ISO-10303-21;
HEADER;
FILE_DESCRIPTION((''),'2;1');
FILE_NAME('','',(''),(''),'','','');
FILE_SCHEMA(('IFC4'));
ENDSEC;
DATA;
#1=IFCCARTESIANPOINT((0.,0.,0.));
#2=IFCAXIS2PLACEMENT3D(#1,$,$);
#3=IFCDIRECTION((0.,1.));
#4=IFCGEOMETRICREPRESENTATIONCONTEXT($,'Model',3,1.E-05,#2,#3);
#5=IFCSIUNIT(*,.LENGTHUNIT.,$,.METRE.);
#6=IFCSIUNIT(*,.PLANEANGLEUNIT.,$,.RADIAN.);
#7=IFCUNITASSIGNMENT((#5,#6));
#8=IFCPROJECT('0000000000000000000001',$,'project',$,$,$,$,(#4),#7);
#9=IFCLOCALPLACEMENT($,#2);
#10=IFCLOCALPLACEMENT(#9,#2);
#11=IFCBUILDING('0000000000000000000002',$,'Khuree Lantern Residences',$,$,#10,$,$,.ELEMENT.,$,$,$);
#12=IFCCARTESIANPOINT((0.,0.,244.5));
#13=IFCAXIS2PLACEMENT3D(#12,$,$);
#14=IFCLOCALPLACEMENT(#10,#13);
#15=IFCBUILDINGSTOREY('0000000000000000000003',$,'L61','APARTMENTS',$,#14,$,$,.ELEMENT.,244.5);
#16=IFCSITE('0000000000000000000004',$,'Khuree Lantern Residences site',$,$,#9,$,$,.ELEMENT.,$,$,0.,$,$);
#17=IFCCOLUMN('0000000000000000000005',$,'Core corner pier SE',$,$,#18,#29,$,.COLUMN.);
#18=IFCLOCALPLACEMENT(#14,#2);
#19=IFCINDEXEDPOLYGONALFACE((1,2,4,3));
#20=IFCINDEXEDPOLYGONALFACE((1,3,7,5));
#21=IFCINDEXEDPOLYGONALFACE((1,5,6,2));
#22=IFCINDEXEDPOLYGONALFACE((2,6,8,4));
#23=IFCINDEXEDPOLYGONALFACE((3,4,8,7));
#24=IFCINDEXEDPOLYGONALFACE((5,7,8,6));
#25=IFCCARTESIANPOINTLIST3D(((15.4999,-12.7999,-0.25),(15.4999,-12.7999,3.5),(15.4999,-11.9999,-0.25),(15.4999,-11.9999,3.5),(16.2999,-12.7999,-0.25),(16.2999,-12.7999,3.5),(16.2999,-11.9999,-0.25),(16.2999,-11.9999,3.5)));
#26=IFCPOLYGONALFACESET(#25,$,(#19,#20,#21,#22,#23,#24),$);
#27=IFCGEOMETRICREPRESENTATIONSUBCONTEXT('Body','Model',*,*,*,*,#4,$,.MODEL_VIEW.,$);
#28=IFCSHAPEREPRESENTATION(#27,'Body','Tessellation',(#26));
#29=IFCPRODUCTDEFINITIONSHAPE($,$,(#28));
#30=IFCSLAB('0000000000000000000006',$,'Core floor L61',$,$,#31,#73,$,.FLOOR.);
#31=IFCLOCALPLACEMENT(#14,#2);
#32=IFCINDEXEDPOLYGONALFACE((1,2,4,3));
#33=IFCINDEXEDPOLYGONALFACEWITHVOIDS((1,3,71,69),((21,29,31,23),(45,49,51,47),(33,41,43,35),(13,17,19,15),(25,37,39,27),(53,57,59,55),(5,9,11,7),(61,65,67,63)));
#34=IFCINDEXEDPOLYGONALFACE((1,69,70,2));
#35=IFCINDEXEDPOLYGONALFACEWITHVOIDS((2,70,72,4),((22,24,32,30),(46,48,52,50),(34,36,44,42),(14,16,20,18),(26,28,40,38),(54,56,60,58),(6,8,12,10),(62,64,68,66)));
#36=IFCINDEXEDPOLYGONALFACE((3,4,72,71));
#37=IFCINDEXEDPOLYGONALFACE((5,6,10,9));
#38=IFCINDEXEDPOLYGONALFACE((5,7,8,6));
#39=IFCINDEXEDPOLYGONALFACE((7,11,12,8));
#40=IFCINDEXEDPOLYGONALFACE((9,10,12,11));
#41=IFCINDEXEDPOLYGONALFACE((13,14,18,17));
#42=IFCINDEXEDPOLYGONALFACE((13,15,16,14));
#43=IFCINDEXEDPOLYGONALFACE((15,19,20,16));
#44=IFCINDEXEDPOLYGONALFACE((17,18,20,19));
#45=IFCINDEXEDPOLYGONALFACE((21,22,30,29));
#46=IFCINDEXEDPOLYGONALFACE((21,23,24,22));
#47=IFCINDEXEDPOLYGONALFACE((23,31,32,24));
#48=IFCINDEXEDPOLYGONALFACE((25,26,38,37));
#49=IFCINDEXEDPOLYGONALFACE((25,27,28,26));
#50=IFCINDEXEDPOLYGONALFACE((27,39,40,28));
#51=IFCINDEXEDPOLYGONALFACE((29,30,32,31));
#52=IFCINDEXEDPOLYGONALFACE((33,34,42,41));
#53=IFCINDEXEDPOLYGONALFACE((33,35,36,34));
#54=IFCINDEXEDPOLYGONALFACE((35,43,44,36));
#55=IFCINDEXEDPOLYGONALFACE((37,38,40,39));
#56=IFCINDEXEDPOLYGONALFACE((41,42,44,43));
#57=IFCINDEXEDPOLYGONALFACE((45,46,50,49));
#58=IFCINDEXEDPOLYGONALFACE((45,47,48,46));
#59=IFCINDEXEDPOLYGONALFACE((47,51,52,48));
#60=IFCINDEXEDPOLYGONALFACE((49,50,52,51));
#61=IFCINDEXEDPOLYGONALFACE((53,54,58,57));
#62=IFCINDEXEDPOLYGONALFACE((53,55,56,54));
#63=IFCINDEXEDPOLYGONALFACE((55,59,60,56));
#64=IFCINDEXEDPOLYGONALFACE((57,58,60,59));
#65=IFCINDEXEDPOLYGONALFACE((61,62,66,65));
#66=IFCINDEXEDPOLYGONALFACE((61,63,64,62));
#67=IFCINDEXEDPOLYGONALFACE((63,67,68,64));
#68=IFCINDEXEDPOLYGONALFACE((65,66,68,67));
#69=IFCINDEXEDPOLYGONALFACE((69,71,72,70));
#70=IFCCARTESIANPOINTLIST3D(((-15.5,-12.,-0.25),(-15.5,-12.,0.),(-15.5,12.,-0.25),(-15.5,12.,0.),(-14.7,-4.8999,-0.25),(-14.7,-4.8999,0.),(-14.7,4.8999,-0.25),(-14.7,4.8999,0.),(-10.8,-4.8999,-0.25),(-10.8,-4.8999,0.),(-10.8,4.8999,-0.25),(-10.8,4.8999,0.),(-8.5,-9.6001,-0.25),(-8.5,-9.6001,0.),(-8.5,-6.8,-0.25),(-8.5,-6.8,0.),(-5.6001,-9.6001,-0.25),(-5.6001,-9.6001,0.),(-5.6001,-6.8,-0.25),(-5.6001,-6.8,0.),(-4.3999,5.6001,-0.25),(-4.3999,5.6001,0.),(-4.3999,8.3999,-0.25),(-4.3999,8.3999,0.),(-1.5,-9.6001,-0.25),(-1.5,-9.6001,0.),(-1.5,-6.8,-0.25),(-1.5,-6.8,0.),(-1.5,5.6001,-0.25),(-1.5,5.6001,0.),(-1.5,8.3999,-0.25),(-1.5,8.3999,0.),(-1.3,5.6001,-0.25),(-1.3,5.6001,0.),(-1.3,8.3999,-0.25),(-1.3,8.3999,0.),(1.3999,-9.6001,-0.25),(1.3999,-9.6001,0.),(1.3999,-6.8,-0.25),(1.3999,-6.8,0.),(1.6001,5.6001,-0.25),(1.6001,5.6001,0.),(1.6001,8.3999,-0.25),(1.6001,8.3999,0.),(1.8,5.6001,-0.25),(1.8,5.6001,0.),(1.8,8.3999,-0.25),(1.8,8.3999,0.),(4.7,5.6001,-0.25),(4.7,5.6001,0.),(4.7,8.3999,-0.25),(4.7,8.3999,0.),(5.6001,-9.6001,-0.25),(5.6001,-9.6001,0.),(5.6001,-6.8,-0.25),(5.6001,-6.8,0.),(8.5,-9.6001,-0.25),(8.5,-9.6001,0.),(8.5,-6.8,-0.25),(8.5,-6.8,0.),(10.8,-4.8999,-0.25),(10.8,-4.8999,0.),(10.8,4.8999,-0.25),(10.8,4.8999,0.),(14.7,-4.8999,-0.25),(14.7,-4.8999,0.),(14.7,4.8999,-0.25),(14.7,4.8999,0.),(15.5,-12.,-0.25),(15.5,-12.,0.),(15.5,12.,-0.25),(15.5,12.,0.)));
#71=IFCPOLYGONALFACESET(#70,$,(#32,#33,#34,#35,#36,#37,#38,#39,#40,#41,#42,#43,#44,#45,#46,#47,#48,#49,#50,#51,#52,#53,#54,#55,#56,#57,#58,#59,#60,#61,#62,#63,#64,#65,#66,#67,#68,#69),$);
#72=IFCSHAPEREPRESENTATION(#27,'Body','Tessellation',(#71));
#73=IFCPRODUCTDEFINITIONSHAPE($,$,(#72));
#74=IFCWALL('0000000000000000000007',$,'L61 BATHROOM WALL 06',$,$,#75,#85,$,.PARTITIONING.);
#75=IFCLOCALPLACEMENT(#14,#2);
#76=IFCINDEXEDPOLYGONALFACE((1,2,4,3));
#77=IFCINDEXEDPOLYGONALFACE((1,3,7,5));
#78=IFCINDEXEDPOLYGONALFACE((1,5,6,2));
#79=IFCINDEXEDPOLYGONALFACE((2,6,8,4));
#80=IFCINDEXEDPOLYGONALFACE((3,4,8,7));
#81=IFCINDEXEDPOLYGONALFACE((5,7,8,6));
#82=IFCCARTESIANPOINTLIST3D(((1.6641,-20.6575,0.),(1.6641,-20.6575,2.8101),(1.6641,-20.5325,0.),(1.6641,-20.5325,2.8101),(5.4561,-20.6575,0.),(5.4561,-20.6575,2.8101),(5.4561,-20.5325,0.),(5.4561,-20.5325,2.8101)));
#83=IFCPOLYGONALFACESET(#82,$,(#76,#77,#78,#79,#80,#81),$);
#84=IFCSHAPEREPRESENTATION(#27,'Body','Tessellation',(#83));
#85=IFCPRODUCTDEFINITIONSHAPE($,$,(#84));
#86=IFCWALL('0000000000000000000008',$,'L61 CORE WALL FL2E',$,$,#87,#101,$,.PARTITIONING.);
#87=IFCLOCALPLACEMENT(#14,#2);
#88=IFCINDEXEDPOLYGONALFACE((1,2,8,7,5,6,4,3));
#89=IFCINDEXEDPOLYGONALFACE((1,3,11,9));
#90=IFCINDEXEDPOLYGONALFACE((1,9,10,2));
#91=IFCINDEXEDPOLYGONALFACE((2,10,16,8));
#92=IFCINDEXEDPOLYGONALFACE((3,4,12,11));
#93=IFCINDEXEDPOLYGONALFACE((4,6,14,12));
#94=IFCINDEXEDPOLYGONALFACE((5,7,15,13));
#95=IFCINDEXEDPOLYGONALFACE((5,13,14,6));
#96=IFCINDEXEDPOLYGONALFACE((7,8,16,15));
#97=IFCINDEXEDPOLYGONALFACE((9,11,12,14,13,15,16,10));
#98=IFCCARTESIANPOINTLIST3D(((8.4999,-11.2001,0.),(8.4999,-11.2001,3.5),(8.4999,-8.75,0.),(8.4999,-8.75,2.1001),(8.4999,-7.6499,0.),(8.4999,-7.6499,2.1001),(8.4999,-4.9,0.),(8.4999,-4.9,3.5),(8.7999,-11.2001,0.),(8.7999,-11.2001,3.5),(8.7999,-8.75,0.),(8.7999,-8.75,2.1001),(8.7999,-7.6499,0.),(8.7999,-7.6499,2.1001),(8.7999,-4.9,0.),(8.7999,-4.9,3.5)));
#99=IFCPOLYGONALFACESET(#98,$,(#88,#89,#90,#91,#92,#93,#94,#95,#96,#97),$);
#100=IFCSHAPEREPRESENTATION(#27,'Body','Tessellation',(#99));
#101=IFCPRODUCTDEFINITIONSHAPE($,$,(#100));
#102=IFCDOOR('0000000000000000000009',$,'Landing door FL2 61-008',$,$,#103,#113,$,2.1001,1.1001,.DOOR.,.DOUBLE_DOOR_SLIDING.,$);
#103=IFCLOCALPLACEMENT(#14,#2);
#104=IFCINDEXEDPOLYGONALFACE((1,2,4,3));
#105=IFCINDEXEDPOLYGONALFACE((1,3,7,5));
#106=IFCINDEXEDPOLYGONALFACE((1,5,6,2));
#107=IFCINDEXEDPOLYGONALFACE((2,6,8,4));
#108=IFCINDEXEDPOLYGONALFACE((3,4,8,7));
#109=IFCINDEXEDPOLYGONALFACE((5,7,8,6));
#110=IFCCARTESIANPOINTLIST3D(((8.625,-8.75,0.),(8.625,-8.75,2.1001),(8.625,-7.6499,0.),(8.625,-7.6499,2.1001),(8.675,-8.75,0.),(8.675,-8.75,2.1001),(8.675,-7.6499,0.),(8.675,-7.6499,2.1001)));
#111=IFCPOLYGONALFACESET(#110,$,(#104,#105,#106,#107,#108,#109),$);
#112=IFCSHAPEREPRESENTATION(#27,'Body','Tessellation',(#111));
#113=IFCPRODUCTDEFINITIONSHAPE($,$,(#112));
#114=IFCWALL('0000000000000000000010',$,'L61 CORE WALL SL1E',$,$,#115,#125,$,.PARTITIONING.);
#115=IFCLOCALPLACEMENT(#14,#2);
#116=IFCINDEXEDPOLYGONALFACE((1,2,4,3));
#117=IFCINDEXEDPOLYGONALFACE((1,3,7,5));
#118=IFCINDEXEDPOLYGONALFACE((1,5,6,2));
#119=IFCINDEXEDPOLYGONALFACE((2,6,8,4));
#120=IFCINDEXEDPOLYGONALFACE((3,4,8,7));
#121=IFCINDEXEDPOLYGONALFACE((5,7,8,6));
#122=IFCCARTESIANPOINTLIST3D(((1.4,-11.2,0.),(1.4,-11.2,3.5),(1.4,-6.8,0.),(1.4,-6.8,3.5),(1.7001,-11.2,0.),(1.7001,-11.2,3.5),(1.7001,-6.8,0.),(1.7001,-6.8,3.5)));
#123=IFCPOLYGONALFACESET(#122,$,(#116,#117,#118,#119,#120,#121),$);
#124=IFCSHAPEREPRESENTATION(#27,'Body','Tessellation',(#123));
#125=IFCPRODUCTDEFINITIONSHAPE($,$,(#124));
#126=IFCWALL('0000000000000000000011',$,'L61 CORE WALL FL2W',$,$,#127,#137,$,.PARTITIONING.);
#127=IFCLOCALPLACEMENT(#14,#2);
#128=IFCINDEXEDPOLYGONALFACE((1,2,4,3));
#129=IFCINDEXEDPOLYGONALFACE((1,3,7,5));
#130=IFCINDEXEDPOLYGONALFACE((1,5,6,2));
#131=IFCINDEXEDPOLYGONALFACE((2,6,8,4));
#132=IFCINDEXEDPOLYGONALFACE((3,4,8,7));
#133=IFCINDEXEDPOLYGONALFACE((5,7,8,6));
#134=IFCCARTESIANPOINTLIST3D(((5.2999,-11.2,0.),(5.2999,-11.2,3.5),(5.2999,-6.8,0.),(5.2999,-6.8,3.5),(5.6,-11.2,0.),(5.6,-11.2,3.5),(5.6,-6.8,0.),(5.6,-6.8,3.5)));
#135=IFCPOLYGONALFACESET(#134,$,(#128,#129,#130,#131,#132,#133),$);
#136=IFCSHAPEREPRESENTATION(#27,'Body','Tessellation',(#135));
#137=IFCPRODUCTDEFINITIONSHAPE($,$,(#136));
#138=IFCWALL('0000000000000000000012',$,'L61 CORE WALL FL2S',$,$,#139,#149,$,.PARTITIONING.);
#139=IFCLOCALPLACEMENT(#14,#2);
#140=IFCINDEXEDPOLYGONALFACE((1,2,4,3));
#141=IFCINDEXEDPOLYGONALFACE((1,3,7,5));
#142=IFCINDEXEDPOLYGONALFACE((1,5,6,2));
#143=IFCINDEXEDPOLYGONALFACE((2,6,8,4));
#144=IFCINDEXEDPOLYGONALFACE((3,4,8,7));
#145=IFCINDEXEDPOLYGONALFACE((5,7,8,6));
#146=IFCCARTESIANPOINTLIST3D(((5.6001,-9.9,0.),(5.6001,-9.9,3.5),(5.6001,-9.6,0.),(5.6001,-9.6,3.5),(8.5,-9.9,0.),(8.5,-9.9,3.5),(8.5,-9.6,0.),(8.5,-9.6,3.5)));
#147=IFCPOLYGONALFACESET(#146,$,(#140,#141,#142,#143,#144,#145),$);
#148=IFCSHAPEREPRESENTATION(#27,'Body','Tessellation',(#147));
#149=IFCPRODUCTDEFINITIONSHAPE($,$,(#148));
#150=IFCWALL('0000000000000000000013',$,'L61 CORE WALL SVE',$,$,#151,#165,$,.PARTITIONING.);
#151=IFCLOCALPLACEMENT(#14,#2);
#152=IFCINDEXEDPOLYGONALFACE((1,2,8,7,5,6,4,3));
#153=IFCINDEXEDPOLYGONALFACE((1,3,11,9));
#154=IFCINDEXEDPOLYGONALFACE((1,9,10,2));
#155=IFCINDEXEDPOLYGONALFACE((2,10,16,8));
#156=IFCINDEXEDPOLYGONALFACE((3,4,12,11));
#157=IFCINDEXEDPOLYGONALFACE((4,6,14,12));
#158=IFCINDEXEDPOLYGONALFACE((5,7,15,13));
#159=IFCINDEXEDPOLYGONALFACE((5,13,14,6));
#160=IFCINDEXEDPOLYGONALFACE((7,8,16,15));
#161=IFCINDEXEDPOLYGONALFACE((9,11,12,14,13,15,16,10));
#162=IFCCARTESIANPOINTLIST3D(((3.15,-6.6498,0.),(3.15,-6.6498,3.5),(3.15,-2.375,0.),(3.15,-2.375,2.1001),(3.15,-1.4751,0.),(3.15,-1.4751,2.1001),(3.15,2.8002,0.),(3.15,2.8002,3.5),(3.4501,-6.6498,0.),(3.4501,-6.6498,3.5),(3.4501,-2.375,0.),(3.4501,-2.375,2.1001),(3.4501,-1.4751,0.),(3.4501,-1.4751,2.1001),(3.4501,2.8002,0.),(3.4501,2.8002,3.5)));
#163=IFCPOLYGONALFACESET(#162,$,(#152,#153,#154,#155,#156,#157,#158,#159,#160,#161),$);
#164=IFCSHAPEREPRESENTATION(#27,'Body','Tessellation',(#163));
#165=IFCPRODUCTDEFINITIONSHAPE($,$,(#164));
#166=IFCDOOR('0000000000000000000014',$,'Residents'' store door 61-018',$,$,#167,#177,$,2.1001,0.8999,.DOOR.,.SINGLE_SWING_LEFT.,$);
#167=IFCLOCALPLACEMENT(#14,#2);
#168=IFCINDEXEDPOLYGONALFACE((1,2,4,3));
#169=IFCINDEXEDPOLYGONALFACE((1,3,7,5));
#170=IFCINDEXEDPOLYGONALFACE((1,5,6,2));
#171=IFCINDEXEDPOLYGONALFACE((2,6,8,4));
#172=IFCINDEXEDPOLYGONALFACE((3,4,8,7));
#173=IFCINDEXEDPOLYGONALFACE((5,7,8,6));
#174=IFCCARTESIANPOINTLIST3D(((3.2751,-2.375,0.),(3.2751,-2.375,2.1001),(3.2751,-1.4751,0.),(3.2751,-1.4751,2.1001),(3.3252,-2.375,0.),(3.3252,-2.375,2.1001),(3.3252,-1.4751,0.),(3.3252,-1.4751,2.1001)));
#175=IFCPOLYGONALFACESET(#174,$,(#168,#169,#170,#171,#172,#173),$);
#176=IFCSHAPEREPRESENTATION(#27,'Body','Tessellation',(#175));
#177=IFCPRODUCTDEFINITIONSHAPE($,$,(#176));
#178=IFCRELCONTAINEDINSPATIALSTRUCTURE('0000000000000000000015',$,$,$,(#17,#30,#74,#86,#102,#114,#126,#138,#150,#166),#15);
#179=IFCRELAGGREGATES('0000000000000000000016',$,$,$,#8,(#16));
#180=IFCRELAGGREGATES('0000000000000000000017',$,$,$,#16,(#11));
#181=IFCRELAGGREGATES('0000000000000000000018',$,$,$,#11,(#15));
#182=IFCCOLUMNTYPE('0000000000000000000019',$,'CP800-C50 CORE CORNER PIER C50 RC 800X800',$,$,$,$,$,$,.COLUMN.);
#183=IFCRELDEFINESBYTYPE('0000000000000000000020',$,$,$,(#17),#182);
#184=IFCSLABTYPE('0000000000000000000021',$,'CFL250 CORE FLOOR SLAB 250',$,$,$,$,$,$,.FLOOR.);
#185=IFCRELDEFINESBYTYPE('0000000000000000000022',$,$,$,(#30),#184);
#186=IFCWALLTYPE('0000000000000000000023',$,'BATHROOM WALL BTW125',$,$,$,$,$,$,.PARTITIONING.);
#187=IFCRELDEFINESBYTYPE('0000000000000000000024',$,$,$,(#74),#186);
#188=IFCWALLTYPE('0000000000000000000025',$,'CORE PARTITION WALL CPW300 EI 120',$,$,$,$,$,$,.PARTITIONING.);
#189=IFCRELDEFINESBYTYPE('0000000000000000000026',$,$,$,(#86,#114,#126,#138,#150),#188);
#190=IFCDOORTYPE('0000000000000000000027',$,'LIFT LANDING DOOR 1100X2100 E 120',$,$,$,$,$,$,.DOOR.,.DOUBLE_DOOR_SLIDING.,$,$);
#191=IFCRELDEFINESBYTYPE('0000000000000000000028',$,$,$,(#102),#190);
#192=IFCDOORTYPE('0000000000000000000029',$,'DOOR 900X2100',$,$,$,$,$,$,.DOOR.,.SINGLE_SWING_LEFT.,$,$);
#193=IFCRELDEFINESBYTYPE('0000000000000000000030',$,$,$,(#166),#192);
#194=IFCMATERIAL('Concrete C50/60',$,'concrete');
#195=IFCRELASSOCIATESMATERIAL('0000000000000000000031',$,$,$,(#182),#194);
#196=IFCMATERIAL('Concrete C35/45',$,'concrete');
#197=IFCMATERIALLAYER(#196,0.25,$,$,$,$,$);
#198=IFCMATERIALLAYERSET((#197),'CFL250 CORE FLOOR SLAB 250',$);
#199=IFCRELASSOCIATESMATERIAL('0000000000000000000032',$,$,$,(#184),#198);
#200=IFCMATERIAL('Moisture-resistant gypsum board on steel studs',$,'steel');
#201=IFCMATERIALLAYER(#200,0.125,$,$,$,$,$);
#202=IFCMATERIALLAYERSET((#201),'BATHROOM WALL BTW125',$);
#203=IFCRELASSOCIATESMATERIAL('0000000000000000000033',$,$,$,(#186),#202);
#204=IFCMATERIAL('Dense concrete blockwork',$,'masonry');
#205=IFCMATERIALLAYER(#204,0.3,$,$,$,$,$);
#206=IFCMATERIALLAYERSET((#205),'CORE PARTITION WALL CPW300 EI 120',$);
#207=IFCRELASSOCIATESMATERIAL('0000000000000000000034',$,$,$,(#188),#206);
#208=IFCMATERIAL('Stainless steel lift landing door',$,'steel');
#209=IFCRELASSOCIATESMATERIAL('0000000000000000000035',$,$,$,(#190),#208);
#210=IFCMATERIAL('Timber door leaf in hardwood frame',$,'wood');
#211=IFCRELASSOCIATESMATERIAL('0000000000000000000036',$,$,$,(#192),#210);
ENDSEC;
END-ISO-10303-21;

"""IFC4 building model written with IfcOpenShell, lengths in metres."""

from ifc_helpers import new_model, si_unit, direction, frame, frame_2d, origin, origin_2d, place, context, subcontext, project, spatial, polyline, rectangle, outline, extrude, material, layer, layer_set, material_profile, profile_set, type_object, element, fill, save


model = new_model("IFC4")

# Units and contexts
model_context = context("Model", 3, precision=1e-05, world=origin(), true_north=direction((0.0, 1.0)))
body_context = subcontext(model_context, "Body", "Model", "MODEL_VIEW")
ifc_project = project(units=[si_unit("LENGTHUNIT", "METRE"), si_unit("PLANEANGLEUNIT", "RADIAN")], contexts=[model_context])

# Site, building, storey
site_placement = place(None, origin())
site = spatial("IfcSite", under=ifc_project, at=site_placement, Name="Khuree Lantern Residences site", CompositionType="ELEMENT", RefElevation=0.0)
building_placement = place(site_placement, origin())
building = spatial("IfcBuilding", under=site, at=building_placement, Name="Khuree Lantern Residences", CompositionType="ELEMENT")
storey_placement = place(building_placement, frame((0.0, 0.0, 244.5)))
storey = spatial("IfcBuildingStorey", under=building, at=storey_placement, Name="L61", Description="APARTMENTS", CompositionType="ELEMENT", Elevation=244.5)

# Column
ifc_material_1 = material(Name="Concrete C50/60", Category="concrete")
ifc_material_profile = material_profile(ifc_material_1, rectangle(XDim=0.8, YDim=0.8, at=origin_2d()), Name="RC 800X800")
ifc_profile_set = profile_set([ifc_material_profile], Name="Concrete C50/60")
column_type = type_object("IfcColumnType", Name="CP800-C50 CORE CORNER PIER C50 RC 800X800", PredefinedType="COLUMN", material=ifc_profile_set)
column_placement = place(storey_placement, frame((15.8999, -12.3999, -0.25), z_axis=(0.0, 0.0, 1.0), x_axis=(1.0, 0.0, 0.0)))
element("IfcColumn", 1, at=column_placement, inside=storey, type_object=column_type, Name="Core corner pier SE", PredefinedType="COLUMN", context=body_context, shape_type="SweptSolid", body=[
    extrude(rectangle(XDim=0.8, YDim=0.8, at=origin_2d()), origin(), (0.0, 0.0, 1.0), 3.75),
])

# Slab
ifc_material_2 = material(Name="Concrete C35/45", Category="concrete")
ifc_layer_1 = layer(ifc_material_2, 0.25)
ifc_layer_set_1 = layer_set([ifc_layer_1], Name="CFL250 CORE FLOOR SLAB 250")
slab_type = type_object("IfcSlabType", Name="CFL250 CORE FLOOR SLAB 250", PredefinedType="FLOOR", material=ifc_layer_set_1)
slab_placement = place(storey_placement, frame((0.0, 0.0, -0.25)))
element("IfcSlab", 2, at=slab_placement, inside=storey, type_object=slab_type, Name="Core floor L61", PredefinedType="FLOOR", context=body_context, shape_type="SweptSolid", body=[
    extrude(outline(polyline([(-15.5, -12.0), (-15.5, 12.0), (15.5, 12.0), (15.5, -12.0), (-15.5, -12.0)]), holes=[polyline([(10.8, 4.8999), (10.8, -4.8999), (14.7, -4.8999), (14.7, 4.8999), (10.8, 4.8999)]), polyline([(5.6001, -6.8), (5.6001, -9.6001), (8.5, -9.6001), (8.5, -6.8), (5.6001, -6.8)]), polyline([(1.8, 8.3999), (1.8, 5.6001), (4.7, 5.6001), (4.7, 8.3999), (1.8, 8.3999)]), polyline([(-1.3, 8.3999), (-1.3, 5.6001), (1.6001, 5.6001), (1.6001, 8.3999), (-1.3, 8.3999)]), polyline([(-1.5, -6.8), (-1.5, -9.6001), (1.3999, -9.6001), (1.3999, -6.8), (-1.5, -6.8)]), polyline([(-4.3999, 8.3999), (-4.3999, 5.6001), (-1.5, 5.6001), (-1.5, 8.3999), (-4.3999, 8.3999)]), polyline([(-8.5, -6.8), (-8.5, -9.6001), (-5.6001, -9.6001), (-5.6001, -6.8), (-8.5, -6.8)]), polyline([(-14.7, 4.8999), (-14.7, -4.8999), (-10.8, -4.8999), (-10.8, 4.8999), (-14.7, 4.8999)])]), origin(), (0.0, 0.0, 1.0), 0.25),
])

# Wall
ifc_material_3 = material(Name="Moisture-resistant gypsum board on steel studs", Category="steel")
ifc_layer_2 = layer(ifc_material_3, 0.125)
ifc_layer_set_2 = layer_set([ifc_layer_2], Name="BATHROOM WALL BTW125")
wall_type_1 = type_object("IfcWallType", Name="BATHROOM WALL BTW125", PredefinedType="PARTITIONING", material=ifc_layer_set_2)
wall_1_placement = place(storey_placement, frame((1.6641, -20.595, 0.0), z_axis=(0.0, 0.0, 1.0), x_axis=(1.0, 0.0, 0.0)))
element("IfcWall", 3, at=wall_1_placement, inside=storey, type_object=wall_type_1, Name="L61 BATHROOM WALL 06", PredefinedType="PARTITIONING", context=body_context, shape_type="SweptSolid", body=[
    extrude(rectangle(XDim=3.792, YDim=0.125, at=frame_2d((1.896, 0.0))), origin(), (0.0, 0.0, 1.0), 2.8101),
])

# Wall, opening, door
ifc_material_4 = material(Name="Dense concrete blockwork", Category="masonry")
ifc_layer_3 = layer(ifc_material_4, 0.3)
ifc_layer_set_3 = layer_set([ifc_layer_3], Name="CORE PARTITION WALL CPW300 EI 120")
wall_type_2 = type_object("IfcWallType", Name="CORE PARTITION WALL CPW300 EI 120", PredefinedType="PARTITIONING", material=ifc_layer_set_3)
wall_2_placement = place(storey_placement, frame((8.6499, -11.2, 0.0), z_axis=(0.0, 0.0, 1.0), x_axis=(0.0, 1.0, 0.0)))
wall_2 = element("IfcWall", 4, at=wall_2_placement, inside=storey, type_object=wall_type_2, Name="L61 CORE WALL FL2E", PredefinedType="PARTITIONING", context=body_context, shape_type="SweptSolid", body=[
    extrude(rectangle(XDim=6.3, YDim=0.3, at=frame_2d((3.1499, 0.0))), origin(), (0.0, 0.0, 1.0), 3.5),
])
opening_1_placement = place(wall_2_placement, frame((2.45, 0.0, 0.0)))
opening_1 = element("IfcOpeningElement", 5, at=opening_1_placement, cuts=wall_2, PredefinedType="OPENING", context=body_context, shape_type="SweptSolid", body=[
    extrude(rectangle(XDim=1.1001, YDim=2.1001, at=frame_2d((0.55, 1.05))), frame((0.0, 0.1602, 0.0), z_axis=(0.0, -1.0, 0.0), x_axis=(1.0, 0.0, 0.0)), (0.0, 0.0, 1.0), 0.3201),
])
ifc_material_5 = material(Name="Stainless steel lift landing door", Category="steel")
door_type_1 = type_object("IfcDoorType", Name="LIFT LANDING DOOR 1100X2100 E 120", OperationType="DOUBLE_DOOR_SLIDING", PredefinedType="DOOR", material=ifc_material_5)
door_1_placement = place(opening_1_placement, origin())
door_1 = element("IfcDoor", 6, at=door_1_placement, inside=storey, type_object=door_type_1, Name="Landing door FL2 61-008", OperationType="DOUBLE_DOOR_SLIDING", OverallHeight=2.1001, OverallWidth=1.1001, PredefinedType="DOOR", context=body_context, shape_type="SweptSolid", body=[
    extrude(rectangle(XDim=1.1001, YDim=2.1001, at=frame_2d((0.55, 1.05))), frame((0.0, 0.0249, 0.0), z_axis=(0.0, -1.0, 0.0), x_axis=(1.0, 0.0, 0.0)), (0.0, 0.0, 1.0), 0.05),
])
fill(opening_1, door_1)

# Walls
for number, where, z_axis, x_axis, name in (
    (7, (1.55, -11.2, 0.0), (0.0, 0.0, 1.0), (0.0, 1.0, 0.0), "L61 CORE WALL SL1E"),
    (8, (5.45, -11.2, 0.0), (0.0, 0.0, 1.0), (0.0, 1.0, 0.0), "L61 CORE WALL FL2W"),
):
    element("IfcWall", number, at=place(storey_placement, frame(where, z_axis=z_axis, x_axis=x_axis)), inside=storey, type_object=wall_type_2, Name=name, PredefinedType="PARTITIONING", context=body_context, shape_type="SweptSolid", body=[
        extrude(rectangle(XDim=4.3999, YDim=0.3, at=frame_2d((2.2, 0.0))), origin(), (0.0, 0.0, 1.0), 3.5),
    ])
wall_3_placement = place(storey_placement, frame((5.6001, -9.75, 0.0), z_axis=(0.0, 0.0, 1.0), x_axis=(1.0, 0.0, 0.0)))
element("IfcWall", 9, at=wall_3_placement, inside=storey, type_object=wall_type_2, Name="L61 CORE WALL FL2S", PredefinedType="PARTITIONING", context=body_context, shape_type="SweptSolid", body=[
    extrude(rectangle(XDim=2.8999, YDim=0.3, at=frame_2d((1.45, 0.0))), origin(), (0.0, 0.0, 1.0), 3.5),
])

# Wall, opening, door
wall_4_placement = place(storey_placement, frame((3.3, -6.6499, 0.0), z_axis=(0.0, 0.0, 1.0), x_axis=(0.0, 1.0, 0.0)))
wall_4 = element("IfcWall", 10, at=wall_4_placement, inside=storey, type_object=wall_type_2, Name="L61 CORE WALL SVE", PredefinedType="PARTITIONING", context=body_context, shape_type="SweptSolid", body=[
    extrude(rectangle(XDim=9.45, YDim=0.3, at=frame_2d((4.7251, 0.0))), origin(), (0.0, 0.0, 1.0), 3.5),
])
opening_2_placement = place(wall_4_placement, frame((4.2749, 0.0, 0.0)))
opening_2 = element("IfcOpeningElement", 11, at=opening_2_placement, cuts=wall_4, PredefinedType="OPENING", context=body_context, shape_type="SweptSolid", body=[
    extrude(rectangle(XDim=0.8999, YDim=2.1001, at=frame_2d((0.45, 1.05))), frame((0.0, 0.1602, 0.0), z_axis=(0.0, -1.0, 0.0), x_axis=(1.0, 0.0, 0.0)), (0.0, 0.0, 1.0), 0.3201),
])
ifc_material_6 = material(Name="Timber door leaf in hardwood frame", Category="wood")
door_type_2 = type_object("IfcDoorType", Name="DOOR 900X2100", OperationType="SINGLE_SWING_LEFT", PredefinedType="DOOR", material=ifc_material_6)
door_2_placement = place(opening_2_placement, origin())
door_2 = element("IfcDoor", 12, at=door_2_placement, inside=storey, type_object=door_type_2, Name="Residents' store door 61-018", OperationType="SINGLE_SWING_LEFT", OverallHeight=2.1001, OverallWidth=0.8999, PredefinedType="DOOR", context=body_context, shape_type="SweptSolid", body=[
    extrude(rectangle(XDim=0.8999, YDim=2.1001, at=frame_2d((0.45, 1.05))), frame((0.0, 0.0249, 0.0), z_axis=(0.0, -1.0, 0.0), x_axis=(1.0, 0.0, 0.0)), (0.0, 0.0, 1.0), 0.05),
])
fill(opening_2, door_2)

save(model, "model.ifc")
